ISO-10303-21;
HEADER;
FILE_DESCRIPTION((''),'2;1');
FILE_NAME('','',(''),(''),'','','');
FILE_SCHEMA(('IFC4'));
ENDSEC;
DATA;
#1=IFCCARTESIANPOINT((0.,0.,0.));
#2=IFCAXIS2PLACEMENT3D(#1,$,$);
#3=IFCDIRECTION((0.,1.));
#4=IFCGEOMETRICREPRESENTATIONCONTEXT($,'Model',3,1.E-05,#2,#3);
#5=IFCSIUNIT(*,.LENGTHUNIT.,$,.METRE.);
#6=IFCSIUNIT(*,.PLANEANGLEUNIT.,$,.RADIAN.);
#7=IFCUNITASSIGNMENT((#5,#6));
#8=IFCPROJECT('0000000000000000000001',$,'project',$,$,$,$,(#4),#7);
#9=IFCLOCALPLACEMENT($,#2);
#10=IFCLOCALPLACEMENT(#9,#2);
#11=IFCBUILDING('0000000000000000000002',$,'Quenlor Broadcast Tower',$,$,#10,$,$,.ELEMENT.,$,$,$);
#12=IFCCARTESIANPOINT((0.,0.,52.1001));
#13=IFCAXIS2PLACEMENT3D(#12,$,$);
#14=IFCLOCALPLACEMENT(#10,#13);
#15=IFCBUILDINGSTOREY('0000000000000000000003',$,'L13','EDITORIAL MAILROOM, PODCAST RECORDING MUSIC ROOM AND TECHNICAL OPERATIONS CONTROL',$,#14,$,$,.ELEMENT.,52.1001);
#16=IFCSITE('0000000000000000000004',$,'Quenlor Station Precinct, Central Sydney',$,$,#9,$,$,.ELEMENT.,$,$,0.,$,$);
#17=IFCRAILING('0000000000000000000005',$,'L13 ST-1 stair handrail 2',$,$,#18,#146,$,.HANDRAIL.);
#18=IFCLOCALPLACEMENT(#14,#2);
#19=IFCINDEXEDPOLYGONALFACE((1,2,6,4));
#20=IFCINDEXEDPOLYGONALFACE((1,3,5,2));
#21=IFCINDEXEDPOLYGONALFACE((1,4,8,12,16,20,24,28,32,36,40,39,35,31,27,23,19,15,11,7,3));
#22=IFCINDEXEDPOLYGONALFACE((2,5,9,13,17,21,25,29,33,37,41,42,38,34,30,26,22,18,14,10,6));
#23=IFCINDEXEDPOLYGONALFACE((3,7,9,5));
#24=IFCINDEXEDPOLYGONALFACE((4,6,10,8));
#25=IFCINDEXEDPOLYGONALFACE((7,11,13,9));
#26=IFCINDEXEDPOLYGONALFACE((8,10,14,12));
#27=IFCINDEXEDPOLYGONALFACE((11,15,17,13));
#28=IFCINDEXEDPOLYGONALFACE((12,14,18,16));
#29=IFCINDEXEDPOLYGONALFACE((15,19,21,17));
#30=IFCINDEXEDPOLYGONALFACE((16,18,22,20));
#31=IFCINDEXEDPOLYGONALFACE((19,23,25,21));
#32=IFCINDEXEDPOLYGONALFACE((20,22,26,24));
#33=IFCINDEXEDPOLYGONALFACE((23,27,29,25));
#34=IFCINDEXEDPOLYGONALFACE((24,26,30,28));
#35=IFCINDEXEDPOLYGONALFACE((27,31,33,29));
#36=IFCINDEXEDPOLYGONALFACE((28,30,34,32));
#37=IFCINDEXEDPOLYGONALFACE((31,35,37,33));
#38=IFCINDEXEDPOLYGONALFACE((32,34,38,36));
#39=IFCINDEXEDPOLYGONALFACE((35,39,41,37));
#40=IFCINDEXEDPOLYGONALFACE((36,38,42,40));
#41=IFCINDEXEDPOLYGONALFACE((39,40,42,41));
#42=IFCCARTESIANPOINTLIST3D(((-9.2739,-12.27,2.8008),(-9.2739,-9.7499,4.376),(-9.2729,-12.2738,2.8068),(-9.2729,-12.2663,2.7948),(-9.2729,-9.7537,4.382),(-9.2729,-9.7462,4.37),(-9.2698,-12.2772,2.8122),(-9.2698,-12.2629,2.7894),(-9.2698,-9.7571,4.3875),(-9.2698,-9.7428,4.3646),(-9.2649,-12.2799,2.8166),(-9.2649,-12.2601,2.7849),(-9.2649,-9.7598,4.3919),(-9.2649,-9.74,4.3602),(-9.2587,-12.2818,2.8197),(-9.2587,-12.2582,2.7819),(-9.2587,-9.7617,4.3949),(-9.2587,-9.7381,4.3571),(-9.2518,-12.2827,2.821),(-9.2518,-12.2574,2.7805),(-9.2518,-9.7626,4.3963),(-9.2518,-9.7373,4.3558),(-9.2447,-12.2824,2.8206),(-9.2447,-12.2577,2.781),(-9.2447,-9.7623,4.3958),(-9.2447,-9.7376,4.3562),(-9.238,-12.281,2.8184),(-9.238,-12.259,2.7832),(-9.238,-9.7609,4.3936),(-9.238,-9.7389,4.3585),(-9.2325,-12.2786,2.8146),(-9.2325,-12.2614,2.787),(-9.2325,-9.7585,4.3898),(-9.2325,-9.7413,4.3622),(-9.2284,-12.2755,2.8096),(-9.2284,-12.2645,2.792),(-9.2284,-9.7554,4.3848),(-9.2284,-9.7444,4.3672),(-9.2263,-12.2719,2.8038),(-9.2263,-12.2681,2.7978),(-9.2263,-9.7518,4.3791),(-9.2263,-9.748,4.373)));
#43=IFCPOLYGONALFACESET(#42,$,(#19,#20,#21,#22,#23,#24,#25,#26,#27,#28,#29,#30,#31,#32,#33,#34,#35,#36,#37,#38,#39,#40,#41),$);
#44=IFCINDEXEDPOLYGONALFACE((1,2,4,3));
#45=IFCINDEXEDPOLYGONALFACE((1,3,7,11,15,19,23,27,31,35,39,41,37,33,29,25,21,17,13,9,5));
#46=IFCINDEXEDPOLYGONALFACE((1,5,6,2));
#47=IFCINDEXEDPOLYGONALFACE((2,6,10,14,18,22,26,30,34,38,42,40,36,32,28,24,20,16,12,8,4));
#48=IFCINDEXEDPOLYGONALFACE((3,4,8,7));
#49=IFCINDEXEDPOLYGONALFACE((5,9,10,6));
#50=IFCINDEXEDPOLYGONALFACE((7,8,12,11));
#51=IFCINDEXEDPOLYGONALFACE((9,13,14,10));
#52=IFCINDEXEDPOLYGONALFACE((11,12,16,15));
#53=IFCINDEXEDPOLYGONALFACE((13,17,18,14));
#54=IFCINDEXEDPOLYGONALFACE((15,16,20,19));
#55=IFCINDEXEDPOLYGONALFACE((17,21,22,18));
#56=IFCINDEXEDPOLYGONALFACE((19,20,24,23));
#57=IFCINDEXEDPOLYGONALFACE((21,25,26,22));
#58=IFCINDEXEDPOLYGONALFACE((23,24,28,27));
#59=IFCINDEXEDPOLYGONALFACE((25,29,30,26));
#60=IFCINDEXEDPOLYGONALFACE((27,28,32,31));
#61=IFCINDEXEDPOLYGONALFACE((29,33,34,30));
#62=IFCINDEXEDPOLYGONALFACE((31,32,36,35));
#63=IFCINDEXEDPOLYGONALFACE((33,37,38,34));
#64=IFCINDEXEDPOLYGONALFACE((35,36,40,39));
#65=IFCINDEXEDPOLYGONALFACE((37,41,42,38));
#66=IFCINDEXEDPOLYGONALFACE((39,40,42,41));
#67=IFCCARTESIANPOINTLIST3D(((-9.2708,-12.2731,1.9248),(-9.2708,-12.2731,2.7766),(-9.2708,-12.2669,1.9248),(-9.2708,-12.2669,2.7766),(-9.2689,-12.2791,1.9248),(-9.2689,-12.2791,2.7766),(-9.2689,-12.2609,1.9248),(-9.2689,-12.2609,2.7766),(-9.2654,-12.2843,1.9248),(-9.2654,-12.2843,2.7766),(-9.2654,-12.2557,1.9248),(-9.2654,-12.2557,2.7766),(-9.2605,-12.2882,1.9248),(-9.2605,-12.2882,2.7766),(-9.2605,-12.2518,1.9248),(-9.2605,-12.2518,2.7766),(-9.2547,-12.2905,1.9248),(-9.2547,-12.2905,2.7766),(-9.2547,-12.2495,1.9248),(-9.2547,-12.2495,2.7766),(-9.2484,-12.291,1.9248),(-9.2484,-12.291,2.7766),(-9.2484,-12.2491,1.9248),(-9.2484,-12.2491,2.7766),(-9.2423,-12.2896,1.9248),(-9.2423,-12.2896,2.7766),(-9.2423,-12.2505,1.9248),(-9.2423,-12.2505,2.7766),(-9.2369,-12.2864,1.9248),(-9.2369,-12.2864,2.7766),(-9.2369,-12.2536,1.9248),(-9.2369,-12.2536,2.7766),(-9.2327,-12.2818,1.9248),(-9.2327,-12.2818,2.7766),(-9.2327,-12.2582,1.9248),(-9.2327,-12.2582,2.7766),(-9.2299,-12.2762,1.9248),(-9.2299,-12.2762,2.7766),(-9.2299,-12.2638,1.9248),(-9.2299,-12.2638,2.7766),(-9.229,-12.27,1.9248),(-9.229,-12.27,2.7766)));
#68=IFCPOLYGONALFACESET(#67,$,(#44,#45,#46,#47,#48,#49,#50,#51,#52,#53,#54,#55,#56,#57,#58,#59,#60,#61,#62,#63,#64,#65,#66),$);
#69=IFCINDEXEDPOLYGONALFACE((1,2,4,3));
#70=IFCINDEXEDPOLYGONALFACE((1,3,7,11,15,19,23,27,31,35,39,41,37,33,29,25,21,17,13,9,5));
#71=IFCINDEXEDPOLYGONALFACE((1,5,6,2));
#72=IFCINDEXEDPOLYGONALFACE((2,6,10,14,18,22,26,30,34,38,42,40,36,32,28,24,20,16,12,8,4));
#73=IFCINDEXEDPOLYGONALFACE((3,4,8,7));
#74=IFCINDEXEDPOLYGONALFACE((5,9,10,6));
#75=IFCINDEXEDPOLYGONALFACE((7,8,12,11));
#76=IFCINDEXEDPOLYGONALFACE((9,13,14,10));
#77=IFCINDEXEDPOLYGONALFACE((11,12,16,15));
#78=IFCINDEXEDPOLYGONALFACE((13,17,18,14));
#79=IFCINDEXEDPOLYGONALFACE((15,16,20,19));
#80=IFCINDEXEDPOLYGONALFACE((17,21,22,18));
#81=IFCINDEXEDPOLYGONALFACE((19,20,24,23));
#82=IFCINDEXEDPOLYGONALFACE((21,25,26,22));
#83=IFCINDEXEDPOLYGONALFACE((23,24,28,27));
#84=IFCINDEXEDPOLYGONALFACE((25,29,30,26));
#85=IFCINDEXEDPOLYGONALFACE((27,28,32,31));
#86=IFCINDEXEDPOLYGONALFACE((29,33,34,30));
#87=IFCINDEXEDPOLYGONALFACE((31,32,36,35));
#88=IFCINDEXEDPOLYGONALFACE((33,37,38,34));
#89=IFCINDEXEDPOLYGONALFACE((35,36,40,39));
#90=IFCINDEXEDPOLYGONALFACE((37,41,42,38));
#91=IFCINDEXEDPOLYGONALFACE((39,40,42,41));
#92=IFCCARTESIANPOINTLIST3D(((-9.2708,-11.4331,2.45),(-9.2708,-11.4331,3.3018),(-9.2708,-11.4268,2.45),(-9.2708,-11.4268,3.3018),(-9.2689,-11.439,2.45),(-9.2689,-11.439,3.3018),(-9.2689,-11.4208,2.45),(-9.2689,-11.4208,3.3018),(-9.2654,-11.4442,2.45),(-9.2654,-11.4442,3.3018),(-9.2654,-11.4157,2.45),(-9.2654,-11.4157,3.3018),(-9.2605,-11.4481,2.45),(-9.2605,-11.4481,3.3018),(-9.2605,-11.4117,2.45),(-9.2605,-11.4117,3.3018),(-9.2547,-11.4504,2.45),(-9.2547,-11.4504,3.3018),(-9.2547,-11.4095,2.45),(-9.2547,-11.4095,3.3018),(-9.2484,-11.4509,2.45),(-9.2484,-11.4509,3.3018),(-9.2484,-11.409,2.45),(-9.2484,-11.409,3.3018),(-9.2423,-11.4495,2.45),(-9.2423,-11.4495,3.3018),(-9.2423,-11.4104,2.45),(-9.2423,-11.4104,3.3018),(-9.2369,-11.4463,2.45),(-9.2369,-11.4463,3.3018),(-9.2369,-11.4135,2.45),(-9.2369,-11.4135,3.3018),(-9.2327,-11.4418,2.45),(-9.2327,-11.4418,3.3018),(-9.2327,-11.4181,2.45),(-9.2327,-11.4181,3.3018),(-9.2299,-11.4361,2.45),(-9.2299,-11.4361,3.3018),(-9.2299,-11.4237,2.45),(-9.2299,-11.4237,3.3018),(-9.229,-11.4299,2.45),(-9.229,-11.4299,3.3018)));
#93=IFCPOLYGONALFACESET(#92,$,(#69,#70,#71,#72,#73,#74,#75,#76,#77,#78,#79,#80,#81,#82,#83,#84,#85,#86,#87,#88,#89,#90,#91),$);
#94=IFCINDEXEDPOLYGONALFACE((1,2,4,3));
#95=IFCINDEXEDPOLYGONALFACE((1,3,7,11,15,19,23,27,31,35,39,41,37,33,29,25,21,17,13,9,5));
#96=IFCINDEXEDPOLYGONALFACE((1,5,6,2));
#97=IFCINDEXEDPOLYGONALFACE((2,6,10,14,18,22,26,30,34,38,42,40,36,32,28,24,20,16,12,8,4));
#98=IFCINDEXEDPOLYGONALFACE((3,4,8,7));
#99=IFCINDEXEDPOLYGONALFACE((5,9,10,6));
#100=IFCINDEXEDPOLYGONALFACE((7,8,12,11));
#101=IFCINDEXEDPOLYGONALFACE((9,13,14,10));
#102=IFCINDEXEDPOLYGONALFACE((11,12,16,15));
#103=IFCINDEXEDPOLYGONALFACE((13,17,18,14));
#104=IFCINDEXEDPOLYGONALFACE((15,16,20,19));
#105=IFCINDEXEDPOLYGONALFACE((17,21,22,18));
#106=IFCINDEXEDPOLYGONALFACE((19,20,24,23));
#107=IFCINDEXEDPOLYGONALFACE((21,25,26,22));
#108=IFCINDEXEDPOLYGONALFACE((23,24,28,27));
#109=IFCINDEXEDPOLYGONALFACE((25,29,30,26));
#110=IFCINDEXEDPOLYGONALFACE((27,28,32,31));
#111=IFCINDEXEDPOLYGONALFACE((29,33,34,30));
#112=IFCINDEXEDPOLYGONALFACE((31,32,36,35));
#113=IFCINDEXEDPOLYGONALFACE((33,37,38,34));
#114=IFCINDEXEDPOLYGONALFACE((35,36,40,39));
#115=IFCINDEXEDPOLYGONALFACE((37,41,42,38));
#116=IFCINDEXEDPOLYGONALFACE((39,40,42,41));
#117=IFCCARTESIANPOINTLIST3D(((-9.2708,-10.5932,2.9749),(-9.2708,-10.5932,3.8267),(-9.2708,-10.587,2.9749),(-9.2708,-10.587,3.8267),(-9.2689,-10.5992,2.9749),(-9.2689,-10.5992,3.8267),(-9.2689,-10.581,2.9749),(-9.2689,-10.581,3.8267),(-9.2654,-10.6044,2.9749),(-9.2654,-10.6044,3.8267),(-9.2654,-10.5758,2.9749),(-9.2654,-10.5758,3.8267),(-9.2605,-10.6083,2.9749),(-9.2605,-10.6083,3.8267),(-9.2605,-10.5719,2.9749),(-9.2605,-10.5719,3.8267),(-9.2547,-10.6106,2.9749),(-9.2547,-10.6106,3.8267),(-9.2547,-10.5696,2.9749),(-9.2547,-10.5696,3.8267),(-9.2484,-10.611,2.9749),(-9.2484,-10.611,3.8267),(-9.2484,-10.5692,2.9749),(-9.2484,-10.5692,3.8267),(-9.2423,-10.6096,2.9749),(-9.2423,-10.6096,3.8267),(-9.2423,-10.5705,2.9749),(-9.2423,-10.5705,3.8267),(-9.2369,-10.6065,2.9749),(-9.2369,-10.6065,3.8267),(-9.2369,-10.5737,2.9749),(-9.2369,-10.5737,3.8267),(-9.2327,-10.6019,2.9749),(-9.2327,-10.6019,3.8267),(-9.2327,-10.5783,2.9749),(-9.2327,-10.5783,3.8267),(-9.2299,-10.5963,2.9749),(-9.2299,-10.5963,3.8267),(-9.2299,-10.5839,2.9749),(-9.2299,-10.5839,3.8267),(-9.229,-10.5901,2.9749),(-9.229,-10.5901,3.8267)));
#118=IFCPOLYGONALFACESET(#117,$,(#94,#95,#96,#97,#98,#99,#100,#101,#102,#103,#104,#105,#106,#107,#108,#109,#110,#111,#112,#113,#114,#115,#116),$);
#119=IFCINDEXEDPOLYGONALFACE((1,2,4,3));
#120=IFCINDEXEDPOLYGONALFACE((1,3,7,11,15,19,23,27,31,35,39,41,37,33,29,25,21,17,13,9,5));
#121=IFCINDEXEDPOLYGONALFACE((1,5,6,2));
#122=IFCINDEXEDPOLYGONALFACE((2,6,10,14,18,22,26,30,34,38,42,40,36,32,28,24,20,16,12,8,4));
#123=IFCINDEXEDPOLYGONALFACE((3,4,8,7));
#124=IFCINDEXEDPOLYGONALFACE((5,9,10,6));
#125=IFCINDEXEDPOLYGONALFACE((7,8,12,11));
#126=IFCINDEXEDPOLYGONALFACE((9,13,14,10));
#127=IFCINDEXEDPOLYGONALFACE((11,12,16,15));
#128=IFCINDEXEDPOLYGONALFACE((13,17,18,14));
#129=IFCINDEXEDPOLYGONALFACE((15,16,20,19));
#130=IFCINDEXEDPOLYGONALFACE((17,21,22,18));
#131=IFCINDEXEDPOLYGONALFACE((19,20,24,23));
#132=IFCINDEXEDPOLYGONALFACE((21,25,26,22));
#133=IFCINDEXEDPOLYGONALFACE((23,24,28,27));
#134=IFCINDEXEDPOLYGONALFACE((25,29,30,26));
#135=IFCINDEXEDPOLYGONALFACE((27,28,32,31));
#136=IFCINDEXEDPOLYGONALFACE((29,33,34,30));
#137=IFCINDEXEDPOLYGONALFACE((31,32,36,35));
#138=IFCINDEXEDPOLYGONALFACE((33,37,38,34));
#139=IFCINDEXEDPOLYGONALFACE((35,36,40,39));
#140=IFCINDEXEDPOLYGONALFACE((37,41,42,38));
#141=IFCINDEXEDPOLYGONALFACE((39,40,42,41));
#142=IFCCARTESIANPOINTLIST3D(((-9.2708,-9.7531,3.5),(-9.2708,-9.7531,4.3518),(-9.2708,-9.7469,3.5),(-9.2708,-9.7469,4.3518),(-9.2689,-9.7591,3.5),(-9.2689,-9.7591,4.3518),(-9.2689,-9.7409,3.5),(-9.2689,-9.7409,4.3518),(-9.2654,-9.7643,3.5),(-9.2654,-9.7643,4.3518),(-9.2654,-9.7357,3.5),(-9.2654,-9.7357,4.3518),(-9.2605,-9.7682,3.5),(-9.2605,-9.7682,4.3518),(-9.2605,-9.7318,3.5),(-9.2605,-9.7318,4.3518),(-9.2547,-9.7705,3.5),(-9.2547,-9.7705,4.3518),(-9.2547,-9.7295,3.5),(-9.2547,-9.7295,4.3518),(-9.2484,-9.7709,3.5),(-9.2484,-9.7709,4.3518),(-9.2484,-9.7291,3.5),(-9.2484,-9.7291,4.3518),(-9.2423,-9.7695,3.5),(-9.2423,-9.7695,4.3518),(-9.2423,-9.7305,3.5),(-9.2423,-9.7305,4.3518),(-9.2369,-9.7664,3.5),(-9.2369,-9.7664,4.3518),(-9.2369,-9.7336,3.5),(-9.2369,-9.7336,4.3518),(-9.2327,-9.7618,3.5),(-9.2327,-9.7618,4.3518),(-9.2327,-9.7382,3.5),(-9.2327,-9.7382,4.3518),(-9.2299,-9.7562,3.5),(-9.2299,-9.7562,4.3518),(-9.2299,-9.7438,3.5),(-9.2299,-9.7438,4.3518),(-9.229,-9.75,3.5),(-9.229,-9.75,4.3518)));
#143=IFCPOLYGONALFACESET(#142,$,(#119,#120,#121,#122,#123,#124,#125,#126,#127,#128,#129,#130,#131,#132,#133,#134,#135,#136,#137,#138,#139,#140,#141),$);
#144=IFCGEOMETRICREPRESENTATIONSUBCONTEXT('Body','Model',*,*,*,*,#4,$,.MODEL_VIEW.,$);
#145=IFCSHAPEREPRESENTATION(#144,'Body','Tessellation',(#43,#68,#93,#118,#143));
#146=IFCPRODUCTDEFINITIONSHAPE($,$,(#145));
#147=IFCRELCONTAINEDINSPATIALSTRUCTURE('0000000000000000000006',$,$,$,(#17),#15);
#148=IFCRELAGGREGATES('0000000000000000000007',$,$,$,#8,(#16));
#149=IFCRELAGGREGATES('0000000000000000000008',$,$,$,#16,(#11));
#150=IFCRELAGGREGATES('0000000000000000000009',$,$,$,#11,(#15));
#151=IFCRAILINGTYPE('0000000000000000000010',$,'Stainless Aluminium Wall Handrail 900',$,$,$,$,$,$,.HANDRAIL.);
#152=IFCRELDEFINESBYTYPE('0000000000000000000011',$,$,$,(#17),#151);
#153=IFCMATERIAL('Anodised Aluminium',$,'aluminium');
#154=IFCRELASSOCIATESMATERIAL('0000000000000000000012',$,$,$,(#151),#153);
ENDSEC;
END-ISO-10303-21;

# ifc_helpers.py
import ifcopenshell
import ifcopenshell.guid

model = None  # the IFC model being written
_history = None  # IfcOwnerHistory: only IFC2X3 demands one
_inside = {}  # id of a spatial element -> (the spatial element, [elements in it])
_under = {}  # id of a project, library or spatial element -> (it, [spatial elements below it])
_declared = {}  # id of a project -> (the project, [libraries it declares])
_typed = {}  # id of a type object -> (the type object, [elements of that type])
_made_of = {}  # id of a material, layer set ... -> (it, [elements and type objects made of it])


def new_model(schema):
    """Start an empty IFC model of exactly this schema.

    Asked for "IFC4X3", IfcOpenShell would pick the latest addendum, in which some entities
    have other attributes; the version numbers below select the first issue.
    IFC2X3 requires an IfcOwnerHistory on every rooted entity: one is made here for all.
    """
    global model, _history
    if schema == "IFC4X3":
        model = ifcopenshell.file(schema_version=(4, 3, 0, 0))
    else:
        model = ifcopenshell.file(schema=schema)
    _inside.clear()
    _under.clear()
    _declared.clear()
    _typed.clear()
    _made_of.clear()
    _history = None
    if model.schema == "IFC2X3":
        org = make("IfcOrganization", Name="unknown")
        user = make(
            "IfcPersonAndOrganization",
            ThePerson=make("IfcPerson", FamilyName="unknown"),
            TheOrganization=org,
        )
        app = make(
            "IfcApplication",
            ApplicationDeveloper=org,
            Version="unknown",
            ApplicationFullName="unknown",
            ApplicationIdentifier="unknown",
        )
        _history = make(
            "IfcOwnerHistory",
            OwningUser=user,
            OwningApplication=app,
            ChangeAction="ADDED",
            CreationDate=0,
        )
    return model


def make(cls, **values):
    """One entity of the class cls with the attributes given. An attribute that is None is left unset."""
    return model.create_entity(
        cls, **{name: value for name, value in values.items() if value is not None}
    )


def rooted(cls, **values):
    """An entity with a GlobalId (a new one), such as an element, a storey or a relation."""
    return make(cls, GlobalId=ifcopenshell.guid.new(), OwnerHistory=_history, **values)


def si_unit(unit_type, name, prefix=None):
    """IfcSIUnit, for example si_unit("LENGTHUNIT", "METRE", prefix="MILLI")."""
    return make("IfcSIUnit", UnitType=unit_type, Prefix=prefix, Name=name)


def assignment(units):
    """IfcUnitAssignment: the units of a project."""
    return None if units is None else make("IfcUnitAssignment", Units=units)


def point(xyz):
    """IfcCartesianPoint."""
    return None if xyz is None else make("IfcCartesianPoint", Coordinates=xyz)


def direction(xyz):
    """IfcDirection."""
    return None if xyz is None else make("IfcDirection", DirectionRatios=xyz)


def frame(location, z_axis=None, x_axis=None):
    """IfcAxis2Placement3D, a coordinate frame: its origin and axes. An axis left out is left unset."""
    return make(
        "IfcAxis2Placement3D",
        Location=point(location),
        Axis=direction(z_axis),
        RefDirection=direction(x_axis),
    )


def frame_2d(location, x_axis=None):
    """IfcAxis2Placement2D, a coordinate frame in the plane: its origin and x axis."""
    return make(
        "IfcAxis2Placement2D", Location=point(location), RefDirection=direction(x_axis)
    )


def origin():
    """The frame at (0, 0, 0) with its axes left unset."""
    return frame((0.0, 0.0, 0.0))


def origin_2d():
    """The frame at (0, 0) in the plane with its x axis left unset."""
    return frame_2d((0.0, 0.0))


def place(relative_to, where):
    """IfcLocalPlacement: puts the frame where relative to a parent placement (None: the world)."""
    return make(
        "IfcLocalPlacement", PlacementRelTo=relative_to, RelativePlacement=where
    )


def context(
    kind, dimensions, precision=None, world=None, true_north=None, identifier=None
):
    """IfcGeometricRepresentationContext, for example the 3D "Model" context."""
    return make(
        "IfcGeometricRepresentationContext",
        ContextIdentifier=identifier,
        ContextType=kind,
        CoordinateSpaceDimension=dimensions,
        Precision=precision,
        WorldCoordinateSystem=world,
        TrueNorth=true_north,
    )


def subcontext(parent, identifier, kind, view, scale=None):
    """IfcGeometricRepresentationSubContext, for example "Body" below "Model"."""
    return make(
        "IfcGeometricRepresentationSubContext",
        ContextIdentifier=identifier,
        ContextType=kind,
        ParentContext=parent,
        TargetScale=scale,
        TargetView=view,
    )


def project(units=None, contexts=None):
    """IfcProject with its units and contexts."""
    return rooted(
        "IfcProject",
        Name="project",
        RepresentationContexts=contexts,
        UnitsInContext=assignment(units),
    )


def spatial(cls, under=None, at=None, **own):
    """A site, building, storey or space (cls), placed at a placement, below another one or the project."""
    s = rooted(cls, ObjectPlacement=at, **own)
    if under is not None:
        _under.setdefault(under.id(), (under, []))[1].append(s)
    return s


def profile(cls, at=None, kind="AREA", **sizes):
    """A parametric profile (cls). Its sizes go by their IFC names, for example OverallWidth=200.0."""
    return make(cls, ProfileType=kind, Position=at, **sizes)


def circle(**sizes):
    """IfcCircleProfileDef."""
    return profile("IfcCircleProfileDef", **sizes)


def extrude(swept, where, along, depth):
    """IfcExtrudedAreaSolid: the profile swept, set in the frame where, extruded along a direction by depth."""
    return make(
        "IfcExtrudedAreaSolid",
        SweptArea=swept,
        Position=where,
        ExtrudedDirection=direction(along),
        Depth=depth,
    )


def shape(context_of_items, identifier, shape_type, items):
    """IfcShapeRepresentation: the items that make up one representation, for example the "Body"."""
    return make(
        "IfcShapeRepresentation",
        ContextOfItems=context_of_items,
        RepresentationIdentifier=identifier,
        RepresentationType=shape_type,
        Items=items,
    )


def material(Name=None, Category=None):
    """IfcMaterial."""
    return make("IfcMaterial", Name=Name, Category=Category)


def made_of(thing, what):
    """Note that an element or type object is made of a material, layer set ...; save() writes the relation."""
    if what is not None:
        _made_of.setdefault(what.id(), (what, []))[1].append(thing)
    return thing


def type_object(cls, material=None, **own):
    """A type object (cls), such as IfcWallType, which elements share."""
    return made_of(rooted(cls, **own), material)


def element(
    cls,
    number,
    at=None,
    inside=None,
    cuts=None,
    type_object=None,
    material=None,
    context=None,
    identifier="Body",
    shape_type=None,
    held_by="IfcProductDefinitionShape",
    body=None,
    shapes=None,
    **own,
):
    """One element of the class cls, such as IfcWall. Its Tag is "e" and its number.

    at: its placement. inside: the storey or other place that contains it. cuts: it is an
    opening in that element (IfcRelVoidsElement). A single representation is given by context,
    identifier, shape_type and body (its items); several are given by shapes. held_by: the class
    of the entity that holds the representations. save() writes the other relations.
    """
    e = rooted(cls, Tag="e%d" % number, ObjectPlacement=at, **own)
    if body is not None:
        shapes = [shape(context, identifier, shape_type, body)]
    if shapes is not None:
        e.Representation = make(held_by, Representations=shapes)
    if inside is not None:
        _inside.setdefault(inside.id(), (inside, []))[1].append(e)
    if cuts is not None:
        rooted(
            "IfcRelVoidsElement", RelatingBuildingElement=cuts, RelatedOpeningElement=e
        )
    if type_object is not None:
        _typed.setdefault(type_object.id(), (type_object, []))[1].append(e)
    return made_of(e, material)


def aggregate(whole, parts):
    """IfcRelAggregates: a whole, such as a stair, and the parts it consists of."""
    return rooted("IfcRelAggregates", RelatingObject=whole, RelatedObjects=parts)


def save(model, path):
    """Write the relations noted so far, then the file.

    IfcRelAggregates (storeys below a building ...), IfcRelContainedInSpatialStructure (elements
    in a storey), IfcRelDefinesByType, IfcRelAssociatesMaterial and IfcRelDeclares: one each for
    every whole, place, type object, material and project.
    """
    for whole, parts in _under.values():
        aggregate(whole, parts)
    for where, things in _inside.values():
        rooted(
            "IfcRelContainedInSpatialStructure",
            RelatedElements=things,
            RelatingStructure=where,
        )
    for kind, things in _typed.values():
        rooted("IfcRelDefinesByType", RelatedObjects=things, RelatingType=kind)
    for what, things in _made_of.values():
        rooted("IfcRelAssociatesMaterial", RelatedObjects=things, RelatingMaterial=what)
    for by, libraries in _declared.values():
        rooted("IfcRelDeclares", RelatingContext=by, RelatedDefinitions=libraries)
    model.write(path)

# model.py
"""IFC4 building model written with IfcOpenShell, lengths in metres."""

from ifc_helpers import new_model, si_unit, direction, frame, origin, origin_2d, place, context, subcontext, project, spatial, circle, extrude, material, type_object, element, save


model = new_model("IFC4")

# Units and contexts
model_context = context("Model", 3, precision=1e-05, world=origin(), true_north=direction((0.0, 1.0)))
body_context = subcontext(model_context, "Body", "Model", "MODEL_VIEW")
ifc_project = project(units=[si_unit("LENGTHUNIT", "METRE"), si_unit("PLANEANGLEUNIT", "RADIAN")], contexts=[model_context])

# Site, building, storey
site_placement = place(None, origin())
site = spatial("IfcSite", under=ifc_project, at=site_placement, Name="Quenlor Station Precinct, Central Sydney", CompositionType="ELEMENT", RefElevation=0.0)
building_placement = place(site_placement, origin())
building = spatial("IfcBuilding", under=site, at=building_placement, Name="Quenlor Broadcast Tower", CompositionType="ELEMENT")
storey_placement = place(building_placement, frame((0.0, 0.0, 52.1001)))
storey = spatial("IfcBuildingStorey", under=building, at=storey_placement, Name="L13", Description="EDITORIAL MAILROOM, PODCAST RECORDING MUSIC ROOM AND TECHNICAL OPERATIONS CONTROL", CompositionType="ELEMENT", Elevation=52.1001)

# Railing
ifc_material_1 = material(Name="Anodised Aluminium", Category="aluminium")
railing_type = type_object("IfcRailingType", Name="Stainless Aluminium Wall Handrail 900", PredefinedType="HANDRAIL", material=ifc_material_1)
railing_placement = place(storey_placement, frame((-9.25, -12.27, 1.9248)))
element("IfcRailing", 1, at=railing_placement, inside=storey, type_object=railing_type, Name="L13 ST-1 stair handrail 2", PredefinedType="HANDRAIL", context=body_context, shape_type="SweptSolid", body=[
    extrude(circle(Radius=0.0239, at=origin_2d()), frame((0.0, 0.0, 0.876), z_axis=(0.0, 0.847971, 0.530043), x_axis=(-1.0, 0.0, 0.0)), (0.0, 0.0, 1.0), 2.9719),
    extrude(circle(Radius=0.021, at=origin_2d()), origin(), (0.0, 0.0, 1.0), 0.8518),
    extrude(circle(Radius=0.021, at=origin_2d()), frame((0.0, 0.8401, 0.5251)), (0.0, 0.0, 1.0), 0.8518),
    extrude(circle(Radius=0.021, at=origin_2d()), frame((0.0, 1.6799, 1.05)), (0.0, 0.0, 1.0), 0.8518),
    extrude(circle(Radius=0.021, at=origin_2d()), frame((0.0, 2.52, 1.5752)), (0.0, 0.0, 1.0), 0.8518),
])

save(model, "model.ifc")
